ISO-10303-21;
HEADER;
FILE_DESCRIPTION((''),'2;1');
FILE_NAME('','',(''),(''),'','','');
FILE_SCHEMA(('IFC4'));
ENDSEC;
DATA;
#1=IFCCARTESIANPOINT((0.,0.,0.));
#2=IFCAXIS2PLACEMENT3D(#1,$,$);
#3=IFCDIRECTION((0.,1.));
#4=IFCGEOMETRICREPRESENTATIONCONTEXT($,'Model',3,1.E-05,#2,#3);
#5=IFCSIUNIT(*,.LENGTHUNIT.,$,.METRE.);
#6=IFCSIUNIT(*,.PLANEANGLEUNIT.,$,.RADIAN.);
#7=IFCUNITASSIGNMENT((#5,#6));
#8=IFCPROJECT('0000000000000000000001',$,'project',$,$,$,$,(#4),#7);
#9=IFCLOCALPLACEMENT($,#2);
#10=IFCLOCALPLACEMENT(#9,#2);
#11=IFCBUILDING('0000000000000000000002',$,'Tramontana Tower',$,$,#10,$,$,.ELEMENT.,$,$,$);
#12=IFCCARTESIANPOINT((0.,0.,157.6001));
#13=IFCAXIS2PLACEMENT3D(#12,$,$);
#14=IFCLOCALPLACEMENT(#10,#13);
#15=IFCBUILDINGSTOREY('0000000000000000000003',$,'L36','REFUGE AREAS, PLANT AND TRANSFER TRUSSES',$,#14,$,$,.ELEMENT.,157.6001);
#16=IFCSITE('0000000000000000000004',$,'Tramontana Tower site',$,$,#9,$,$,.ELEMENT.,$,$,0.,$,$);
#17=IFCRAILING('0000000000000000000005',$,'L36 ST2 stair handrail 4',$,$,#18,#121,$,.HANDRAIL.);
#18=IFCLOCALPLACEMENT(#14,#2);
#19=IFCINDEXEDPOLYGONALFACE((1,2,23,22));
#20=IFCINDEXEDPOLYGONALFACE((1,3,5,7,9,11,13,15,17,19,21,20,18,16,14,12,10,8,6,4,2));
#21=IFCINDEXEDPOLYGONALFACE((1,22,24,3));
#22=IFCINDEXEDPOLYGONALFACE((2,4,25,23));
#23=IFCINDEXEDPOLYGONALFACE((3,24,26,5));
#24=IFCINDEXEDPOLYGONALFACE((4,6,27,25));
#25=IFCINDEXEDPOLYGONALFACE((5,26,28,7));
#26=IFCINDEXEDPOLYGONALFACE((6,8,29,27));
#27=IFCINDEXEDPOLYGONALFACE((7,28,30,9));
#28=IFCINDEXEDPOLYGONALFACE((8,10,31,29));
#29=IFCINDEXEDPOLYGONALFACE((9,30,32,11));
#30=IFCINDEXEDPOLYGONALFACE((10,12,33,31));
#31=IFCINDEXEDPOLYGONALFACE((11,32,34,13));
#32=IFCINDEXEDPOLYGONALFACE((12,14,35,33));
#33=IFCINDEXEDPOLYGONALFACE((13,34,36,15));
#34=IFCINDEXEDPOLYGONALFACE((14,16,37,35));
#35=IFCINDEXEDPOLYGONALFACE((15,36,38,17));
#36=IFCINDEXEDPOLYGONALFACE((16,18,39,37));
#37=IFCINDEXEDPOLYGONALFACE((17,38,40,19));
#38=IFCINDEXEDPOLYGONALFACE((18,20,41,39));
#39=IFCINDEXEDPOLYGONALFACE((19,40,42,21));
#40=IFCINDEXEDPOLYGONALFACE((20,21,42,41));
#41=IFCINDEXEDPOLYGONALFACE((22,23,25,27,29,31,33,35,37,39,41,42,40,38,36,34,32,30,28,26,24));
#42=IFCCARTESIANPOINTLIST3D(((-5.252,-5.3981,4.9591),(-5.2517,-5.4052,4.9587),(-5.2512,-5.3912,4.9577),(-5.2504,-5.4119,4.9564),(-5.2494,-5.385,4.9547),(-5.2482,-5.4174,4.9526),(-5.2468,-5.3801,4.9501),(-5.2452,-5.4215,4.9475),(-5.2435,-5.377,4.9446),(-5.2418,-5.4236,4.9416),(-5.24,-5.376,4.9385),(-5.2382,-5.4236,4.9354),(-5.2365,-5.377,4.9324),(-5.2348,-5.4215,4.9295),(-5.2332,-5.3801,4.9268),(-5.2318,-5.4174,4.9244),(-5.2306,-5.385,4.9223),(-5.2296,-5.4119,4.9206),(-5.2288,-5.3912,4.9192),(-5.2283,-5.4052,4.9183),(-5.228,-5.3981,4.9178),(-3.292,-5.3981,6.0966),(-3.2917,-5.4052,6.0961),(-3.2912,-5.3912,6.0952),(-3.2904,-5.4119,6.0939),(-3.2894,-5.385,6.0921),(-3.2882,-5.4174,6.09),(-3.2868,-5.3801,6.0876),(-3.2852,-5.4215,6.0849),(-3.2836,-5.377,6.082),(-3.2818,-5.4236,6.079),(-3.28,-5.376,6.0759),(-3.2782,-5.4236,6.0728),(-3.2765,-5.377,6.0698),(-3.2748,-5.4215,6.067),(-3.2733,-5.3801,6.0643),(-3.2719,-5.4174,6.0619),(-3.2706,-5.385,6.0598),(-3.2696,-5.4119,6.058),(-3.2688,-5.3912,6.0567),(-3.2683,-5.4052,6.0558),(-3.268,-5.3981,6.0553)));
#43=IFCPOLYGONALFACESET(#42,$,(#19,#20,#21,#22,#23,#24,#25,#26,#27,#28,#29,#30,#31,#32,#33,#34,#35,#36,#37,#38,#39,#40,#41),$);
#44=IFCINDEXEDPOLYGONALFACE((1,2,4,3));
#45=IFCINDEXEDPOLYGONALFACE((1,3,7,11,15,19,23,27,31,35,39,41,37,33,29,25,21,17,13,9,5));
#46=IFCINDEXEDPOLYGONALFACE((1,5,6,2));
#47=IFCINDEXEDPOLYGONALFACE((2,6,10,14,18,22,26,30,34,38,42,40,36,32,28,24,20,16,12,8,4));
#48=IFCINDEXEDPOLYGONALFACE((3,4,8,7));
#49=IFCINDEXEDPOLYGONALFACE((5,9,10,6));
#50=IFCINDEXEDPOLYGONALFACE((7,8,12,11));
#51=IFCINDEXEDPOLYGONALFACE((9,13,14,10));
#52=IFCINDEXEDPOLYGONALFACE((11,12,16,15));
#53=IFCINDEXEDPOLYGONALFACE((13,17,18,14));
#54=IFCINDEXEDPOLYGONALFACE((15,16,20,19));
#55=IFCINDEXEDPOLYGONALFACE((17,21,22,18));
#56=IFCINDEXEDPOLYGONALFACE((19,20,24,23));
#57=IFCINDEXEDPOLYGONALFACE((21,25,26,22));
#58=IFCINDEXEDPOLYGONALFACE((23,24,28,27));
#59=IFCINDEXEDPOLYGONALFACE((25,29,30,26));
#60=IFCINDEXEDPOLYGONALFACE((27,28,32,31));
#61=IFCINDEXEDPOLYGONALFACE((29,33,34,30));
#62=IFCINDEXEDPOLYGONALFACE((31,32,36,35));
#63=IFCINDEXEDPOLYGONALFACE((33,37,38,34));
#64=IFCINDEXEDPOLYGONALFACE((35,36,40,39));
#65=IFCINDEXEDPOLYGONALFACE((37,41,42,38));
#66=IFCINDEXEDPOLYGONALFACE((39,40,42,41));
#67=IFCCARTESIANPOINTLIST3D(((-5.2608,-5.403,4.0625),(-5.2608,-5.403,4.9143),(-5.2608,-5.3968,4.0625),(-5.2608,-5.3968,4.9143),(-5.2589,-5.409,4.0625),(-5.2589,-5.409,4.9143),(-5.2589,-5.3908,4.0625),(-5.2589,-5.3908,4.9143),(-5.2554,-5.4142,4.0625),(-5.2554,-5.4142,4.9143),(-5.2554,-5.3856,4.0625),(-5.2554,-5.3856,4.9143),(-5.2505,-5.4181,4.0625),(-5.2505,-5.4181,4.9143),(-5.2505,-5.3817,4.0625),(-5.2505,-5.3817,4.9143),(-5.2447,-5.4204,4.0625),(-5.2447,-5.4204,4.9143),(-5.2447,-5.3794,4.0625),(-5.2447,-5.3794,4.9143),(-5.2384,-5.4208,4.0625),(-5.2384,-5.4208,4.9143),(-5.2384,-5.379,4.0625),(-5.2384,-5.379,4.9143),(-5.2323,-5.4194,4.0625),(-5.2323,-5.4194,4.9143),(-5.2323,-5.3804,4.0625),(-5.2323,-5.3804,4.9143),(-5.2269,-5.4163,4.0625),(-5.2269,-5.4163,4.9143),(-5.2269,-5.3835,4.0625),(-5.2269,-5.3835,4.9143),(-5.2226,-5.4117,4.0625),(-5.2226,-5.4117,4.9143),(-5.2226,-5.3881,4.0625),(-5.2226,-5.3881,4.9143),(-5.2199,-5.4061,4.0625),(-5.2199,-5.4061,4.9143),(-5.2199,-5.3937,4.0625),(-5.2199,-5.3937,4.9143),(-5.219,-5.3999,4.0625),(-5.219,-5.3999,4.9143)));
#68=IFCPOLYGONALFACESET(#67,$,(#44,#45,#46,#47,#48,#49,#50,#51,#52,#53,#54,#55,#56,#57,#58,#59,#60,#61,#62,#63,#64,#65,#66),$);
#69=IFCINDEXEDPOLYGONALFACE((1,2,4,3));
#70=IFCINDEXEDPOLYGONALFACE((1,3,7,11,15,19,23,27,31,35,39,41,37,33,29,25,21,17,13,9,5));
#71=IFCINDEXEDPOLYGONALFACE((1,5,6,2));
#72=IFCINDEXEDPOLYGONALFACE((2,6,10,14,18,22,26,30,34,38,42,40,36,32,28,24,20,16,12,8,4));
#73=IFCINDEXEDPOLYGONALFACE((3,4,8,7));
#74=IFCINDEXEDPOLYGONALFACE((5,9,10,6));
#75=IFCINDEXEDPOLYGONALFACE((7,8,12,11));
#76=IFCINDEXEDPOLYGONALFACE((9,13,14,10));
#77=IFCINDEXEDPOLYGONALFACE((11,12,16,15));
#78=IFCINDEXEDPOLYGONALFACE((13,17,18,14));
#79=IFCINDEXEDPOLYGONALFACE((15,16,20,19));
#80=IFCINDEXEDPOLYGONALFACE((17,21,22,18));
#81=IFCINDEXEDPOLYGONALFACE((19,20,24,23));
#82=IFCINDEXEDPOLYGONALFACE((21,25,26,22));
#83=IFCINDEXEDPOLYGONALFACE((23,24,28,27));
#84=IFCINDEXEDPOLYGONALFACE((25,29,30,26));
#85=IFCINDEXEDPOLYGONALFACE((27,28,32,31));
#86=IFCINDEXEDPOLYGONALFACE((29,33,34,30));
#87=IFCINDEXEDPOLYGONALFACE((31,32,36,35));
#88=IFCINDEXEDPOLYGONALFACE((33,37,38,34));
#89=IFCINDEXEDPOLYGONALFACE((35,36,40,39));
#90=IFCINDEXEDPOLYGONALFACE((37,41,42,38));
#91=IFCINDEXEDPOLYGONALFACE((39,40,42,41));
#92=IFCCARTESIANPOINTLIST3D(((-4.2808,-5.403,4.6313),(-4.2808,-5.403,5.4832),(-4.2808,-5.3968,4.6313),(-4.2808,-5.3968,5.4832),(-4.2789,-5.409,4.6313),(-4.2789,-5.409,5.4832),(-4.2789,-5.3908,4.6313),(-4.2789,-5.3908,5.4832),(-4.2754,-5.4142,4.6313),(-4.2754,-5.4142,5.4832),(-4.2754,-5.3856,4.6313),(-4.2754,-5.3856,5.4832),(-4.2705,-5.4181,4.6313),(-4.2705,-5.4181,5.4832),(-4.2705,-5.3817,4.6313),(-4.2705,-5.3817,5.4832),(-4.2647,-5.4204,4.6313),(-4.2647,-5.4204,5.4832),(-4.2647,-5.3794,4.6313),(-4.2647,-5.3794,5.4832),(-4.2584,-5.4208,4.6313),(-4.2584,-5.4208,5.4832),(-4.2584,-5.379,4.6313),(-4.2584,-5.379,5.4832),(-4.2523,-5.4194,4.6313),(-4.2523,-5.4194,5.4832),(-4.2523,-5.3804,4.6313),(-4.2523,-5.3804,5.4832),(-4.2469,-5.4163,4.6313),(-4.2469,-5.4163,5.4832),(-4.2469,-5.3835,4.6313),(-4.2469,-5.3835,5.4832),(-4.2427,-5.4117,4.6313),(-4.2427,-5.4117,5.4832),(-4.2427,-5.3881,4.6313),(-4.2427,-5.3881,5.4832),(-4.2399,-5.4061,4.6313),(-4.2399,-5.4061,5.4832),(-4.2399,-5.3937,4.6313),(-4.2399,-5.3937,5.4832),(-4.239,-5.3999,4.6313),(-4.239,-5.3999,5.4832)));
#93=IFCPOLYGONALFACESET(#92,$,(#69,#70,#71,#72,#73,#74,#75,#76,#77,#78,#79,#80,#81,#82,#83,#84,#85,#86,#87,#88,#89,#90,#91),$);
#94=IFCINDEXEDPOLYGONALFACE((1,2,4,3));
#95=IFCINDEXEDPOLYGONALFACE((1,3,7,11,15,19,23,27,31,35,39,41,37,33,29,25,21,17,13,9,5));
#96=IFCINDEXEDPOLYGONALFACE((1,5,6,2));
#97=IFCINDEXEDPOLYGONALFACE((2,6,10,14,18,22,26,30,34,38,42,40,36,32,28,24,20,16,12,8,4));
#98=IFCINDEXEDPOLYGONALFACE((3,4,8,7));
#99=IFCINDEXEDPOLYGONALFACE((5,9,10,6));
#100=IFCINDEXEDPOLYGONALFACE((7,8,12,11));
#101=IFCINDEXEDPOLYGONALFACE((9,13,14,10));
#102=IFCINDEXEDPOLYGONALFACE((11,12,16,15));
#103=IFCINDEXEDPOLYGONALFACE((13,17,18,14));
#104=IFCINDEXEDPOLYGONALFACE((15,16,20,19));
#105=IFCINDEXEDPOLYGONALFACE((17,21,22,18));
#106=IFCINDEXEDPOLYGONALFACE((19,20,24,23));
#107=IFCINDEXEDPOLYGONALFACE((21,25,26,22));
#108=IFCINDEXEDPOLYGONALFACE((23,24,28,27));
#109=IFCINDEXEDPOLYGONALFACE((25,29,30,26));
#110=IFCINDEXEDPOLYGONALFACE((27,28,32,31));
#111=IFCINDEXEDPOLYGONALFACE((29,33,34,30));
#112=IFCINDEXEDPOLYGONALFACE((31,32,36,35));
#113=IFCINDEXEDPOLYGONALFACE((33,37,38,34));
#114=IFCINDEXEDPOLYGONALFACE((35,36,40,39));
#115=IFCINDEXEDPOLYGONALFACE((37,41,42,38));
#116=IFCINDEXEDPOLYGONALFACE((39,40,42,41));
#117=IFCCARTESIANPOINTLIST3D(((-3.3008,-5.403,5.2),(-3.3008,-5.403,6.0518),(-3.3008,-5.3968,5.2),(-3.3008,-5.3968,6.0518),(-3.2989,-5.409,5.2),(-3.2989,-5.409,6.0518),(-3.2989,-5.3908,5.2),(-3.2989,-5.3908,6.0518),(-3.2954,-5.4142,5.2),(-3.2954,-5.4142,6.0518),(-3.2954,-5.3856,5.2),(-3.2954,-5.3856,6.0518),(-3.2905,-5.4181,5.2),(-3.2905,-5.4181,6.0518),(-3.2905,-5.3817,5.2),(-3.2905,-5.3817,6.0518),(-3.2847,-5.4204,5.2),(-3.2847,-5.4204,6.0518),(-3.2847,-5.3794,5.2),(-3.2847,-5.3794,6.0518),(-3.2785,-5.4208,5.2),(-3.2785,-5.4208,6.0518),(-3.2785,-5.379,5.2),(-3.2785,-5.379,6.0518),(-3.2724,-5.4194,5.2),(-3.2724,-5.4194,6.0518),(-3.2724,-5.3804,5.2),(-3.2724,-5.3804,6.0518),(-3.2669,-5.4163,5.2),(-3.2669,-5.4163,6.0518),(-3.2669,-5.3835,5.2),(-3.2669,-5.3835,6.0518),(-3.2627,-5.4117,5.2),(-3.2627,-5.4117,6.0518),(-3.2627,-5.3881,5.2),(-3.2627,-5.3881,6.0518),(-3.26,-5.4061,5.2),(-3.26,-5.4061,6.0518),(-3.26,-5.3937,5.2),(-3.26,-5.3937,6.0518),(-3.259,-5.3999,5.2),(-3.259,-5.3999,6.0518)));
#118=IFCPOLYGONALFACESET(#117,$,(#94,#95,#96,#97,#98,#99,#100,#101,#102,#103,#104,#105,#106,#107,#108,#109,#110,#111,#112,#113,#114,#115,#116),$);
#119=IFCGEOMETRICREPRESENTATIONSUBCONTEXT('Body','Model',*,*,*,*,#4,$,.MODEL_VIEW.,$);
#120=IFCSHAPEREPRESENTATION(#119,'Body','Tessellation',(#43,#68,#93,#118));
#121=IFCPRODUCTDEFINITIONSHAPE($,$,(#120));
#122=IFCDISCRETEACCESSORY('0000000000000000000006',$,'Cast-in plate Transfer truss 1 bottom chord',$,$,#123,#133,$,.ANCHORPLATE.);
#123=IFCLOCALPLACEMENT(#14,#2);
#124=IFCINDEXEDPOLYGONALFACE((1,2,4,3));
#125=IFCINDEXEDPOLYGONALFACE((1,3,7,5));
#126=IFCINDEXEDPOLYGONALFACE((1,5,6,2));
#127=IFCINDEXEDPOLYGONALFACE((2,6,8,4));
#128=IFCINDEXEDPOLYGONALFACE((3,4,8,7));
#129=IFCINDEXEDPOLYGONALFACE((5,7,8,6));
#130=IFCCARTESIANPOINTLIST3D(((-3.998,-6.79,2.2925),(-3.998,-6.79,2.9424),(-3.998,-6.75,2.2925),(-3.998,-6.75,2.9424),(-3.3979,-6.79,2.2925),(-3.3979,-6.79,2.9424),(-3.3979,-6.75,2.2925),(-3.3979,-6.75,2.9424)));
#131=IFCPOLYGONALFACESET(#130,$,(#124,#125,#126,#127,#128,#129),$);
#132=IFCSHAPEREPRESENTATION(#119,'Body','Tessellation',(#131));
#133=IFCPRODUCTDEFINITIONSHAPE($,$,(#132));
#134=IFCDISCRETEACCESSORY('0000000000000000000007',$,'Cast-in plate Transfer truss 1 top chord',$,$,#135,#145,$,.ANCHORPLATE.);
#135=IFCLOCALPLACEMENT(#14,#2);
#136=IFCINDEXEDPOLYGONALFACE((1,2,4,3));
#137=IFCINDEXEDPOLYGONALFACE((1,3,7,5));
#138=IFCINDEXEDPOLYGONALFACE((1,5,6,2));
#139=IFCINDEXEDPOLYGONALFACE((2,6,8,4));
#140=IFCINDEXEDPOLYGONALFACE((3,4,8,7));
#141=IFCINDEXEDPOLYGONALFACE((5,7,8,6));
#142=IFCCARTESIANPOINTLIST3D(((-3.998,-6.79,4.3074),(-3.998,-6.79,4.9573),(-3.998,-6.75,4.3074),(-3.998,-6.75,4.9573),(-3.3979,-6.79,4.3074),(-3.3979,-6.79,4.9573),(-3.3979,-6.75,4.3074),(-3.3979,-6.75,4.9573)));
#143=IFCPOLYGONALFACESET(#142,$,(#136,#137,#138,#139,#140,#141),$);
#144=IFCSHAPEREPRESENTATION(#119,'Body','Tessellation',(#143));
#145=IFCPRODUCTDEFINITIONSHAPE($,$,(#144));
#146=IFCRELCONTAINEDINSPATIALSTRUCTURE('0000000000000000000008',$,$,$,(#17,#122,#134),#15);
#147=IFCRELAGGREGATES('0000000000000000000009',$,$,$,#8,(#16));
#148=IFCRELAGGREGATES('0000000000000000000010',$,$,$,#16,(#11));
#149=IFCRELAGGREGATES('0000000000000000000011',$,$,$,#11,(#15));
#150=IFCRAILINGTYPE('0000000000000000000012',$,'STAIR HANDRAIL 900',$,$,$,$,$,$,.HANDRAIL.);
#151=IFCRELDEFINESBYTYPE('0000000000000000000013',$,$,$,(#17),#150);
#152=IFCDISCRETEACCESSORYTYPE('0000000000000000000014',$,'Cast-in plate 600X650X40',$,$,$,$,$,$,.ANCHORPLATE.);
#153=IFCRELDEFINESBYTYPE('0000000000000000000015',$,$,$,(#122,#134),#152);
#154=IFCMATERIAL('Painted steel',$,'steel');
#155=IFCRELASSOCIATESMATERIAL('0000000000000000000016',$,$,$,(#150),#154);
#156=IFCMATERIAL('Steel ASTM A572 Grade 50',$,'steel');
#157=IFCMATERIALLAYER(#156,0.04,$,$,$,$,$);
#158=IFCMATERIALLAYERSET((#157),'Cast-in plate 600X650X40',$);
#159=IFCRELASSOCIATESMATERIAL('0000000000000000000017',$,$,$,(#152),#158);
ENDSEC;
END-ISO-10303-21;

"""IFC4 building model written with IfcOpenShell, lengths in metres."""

from ifc_helpers import new_model, si_unit, direction, frame, origin, origin_2d, place, context, subcontext, project, spatial, rectangle, circle, extrude, material, layer, layer_set, type_object, element, save


model = new_model("IFC4")

# Units and contexts
model_context = context("Model", 3, precision=1e-05, world=origin(), true_north=direction((0.0, 1.0)))
body_context = subcontext(model_context, "Body", "Model", "MODEL_VIEW")
ifc_project = project(units=[si_unit("LENGTHUNIT", "METRE"), si_unit("PLANEANGLEUNIT", "RADIAN")], contexts=[model_context])

# Site, building, storey
site_placement = place(None, origin())
site = spatial("IfcSite", under=ifc_project, at=site_placement, Name="Tramontana Tower site", CompositionType="ELEMENT", RefElevation=0.0)
building_placement = place(site_placement, origin())
building = spatial("IfcBuilding", under=site, at=building_placement, Name="Tramontana Tower", CompositionType="ELEMENT")
storey_placement = place(building_placement, frame((0.0, 0.0, 157.6001)))
storey = spatial("IfcBuildingStorey", under=building, at=storey_placement, Name="L36", Description="REFUGE AREAS, PLANT AND TRANSFER TRUSSES", CompositionType="ELEMENT", Elevation=157.6001)

# Railing
ifc_material_1 = material(Name="Painted steel", Category="steel")
railing_type_1 = type_object("IfcRailingType", Name="STAIR HANDRAIL 900", PredefinedType="HANDRAIL", material=ifc_material_1)
railing_1_placement = place(storey_placement, frame((-5.24, -5.3999, 4.0625)))
element("IfcRailing", 1, at=railing_1_placement, inside=storey, type_object=railing_type_1, Name="L36 ST2 stair handrail 4", PredefinedType="HANDRAIL", context=body_context, shape_type="SweptSolid", body=[
    extrude(circle(Radius=0.0239, at=origin_2d()), frame((0.0, 0.0, 0.876), z_axis=(0.864902, 0.0, 0.501941), x_axis=(0.0, 1.0, 0.0)), (0.0, 0.0, 1.0), 2.2661),
    extrude(circle(Radius=0.021, at=origin_2d()), origin(), (0.0, 0.0, 1.0), 0.8518),
    extrude(circle(Radius=0.021, at=origin_2d()), frame((0.98, 0.0, 0.5688)), (0.0, 0.0, 1.0), 0.8518),
    extrude(circle(Radius=0.021, at=origin_2d()), frame((1.96, 0.0, 1.1375)), (0.0, 0.0, 1.0), 0.8518),
])

# Discrete accessories
ifc_material_2 = material(Name="Steel ASTM A572 Grade 50", Category="steel")
ifc_layer_1 = layer(ifc_material_2, 0.04)
ifc_layer_set_1 = layer_set([ifc_layer_1], Name="Cast-in plate 600X650X40")
discrete_accessory_type = type_object("IfcDiscreteAccessoryType", Name="Cast-in plate 600X650X40", PredefinedType="ANCHORPLATE", material=ifc_layer_set_1)
for number, where, z_axis, x_axis, name in (
    (2, (-3.698, -6.77, 2.2925), (0.0, 0.0, 1.0), (1.0, 0.0, 0.0), "Cast-in plate Transfer truss 1 bottom chord"),
    (3, (-3.698, -6.77, 4.3074), (0.0, 0.0, 1.0), (1.0, 0.0, 0.0), "Cast-in plate Transfer truss 1 top chord"),
):
    element("IfcDiscreteAccessory", number, at=place(storey_placement, frame(where, z_axis=z_axis, x_axis=x_axis)), inside=storey, type_object=discrete_accessory_type, Name=name, PredefinedType="ANCHORPLATE", context=body_context, shape_type="SweptSolid", body=[
        extrude(rectangle(XDim=0.6001, YDim=0.04, at=origin_2d()), origin(), (0.0, 0.0, 1.0), 0.6499),
    ])

save(model, "model.ifc")
